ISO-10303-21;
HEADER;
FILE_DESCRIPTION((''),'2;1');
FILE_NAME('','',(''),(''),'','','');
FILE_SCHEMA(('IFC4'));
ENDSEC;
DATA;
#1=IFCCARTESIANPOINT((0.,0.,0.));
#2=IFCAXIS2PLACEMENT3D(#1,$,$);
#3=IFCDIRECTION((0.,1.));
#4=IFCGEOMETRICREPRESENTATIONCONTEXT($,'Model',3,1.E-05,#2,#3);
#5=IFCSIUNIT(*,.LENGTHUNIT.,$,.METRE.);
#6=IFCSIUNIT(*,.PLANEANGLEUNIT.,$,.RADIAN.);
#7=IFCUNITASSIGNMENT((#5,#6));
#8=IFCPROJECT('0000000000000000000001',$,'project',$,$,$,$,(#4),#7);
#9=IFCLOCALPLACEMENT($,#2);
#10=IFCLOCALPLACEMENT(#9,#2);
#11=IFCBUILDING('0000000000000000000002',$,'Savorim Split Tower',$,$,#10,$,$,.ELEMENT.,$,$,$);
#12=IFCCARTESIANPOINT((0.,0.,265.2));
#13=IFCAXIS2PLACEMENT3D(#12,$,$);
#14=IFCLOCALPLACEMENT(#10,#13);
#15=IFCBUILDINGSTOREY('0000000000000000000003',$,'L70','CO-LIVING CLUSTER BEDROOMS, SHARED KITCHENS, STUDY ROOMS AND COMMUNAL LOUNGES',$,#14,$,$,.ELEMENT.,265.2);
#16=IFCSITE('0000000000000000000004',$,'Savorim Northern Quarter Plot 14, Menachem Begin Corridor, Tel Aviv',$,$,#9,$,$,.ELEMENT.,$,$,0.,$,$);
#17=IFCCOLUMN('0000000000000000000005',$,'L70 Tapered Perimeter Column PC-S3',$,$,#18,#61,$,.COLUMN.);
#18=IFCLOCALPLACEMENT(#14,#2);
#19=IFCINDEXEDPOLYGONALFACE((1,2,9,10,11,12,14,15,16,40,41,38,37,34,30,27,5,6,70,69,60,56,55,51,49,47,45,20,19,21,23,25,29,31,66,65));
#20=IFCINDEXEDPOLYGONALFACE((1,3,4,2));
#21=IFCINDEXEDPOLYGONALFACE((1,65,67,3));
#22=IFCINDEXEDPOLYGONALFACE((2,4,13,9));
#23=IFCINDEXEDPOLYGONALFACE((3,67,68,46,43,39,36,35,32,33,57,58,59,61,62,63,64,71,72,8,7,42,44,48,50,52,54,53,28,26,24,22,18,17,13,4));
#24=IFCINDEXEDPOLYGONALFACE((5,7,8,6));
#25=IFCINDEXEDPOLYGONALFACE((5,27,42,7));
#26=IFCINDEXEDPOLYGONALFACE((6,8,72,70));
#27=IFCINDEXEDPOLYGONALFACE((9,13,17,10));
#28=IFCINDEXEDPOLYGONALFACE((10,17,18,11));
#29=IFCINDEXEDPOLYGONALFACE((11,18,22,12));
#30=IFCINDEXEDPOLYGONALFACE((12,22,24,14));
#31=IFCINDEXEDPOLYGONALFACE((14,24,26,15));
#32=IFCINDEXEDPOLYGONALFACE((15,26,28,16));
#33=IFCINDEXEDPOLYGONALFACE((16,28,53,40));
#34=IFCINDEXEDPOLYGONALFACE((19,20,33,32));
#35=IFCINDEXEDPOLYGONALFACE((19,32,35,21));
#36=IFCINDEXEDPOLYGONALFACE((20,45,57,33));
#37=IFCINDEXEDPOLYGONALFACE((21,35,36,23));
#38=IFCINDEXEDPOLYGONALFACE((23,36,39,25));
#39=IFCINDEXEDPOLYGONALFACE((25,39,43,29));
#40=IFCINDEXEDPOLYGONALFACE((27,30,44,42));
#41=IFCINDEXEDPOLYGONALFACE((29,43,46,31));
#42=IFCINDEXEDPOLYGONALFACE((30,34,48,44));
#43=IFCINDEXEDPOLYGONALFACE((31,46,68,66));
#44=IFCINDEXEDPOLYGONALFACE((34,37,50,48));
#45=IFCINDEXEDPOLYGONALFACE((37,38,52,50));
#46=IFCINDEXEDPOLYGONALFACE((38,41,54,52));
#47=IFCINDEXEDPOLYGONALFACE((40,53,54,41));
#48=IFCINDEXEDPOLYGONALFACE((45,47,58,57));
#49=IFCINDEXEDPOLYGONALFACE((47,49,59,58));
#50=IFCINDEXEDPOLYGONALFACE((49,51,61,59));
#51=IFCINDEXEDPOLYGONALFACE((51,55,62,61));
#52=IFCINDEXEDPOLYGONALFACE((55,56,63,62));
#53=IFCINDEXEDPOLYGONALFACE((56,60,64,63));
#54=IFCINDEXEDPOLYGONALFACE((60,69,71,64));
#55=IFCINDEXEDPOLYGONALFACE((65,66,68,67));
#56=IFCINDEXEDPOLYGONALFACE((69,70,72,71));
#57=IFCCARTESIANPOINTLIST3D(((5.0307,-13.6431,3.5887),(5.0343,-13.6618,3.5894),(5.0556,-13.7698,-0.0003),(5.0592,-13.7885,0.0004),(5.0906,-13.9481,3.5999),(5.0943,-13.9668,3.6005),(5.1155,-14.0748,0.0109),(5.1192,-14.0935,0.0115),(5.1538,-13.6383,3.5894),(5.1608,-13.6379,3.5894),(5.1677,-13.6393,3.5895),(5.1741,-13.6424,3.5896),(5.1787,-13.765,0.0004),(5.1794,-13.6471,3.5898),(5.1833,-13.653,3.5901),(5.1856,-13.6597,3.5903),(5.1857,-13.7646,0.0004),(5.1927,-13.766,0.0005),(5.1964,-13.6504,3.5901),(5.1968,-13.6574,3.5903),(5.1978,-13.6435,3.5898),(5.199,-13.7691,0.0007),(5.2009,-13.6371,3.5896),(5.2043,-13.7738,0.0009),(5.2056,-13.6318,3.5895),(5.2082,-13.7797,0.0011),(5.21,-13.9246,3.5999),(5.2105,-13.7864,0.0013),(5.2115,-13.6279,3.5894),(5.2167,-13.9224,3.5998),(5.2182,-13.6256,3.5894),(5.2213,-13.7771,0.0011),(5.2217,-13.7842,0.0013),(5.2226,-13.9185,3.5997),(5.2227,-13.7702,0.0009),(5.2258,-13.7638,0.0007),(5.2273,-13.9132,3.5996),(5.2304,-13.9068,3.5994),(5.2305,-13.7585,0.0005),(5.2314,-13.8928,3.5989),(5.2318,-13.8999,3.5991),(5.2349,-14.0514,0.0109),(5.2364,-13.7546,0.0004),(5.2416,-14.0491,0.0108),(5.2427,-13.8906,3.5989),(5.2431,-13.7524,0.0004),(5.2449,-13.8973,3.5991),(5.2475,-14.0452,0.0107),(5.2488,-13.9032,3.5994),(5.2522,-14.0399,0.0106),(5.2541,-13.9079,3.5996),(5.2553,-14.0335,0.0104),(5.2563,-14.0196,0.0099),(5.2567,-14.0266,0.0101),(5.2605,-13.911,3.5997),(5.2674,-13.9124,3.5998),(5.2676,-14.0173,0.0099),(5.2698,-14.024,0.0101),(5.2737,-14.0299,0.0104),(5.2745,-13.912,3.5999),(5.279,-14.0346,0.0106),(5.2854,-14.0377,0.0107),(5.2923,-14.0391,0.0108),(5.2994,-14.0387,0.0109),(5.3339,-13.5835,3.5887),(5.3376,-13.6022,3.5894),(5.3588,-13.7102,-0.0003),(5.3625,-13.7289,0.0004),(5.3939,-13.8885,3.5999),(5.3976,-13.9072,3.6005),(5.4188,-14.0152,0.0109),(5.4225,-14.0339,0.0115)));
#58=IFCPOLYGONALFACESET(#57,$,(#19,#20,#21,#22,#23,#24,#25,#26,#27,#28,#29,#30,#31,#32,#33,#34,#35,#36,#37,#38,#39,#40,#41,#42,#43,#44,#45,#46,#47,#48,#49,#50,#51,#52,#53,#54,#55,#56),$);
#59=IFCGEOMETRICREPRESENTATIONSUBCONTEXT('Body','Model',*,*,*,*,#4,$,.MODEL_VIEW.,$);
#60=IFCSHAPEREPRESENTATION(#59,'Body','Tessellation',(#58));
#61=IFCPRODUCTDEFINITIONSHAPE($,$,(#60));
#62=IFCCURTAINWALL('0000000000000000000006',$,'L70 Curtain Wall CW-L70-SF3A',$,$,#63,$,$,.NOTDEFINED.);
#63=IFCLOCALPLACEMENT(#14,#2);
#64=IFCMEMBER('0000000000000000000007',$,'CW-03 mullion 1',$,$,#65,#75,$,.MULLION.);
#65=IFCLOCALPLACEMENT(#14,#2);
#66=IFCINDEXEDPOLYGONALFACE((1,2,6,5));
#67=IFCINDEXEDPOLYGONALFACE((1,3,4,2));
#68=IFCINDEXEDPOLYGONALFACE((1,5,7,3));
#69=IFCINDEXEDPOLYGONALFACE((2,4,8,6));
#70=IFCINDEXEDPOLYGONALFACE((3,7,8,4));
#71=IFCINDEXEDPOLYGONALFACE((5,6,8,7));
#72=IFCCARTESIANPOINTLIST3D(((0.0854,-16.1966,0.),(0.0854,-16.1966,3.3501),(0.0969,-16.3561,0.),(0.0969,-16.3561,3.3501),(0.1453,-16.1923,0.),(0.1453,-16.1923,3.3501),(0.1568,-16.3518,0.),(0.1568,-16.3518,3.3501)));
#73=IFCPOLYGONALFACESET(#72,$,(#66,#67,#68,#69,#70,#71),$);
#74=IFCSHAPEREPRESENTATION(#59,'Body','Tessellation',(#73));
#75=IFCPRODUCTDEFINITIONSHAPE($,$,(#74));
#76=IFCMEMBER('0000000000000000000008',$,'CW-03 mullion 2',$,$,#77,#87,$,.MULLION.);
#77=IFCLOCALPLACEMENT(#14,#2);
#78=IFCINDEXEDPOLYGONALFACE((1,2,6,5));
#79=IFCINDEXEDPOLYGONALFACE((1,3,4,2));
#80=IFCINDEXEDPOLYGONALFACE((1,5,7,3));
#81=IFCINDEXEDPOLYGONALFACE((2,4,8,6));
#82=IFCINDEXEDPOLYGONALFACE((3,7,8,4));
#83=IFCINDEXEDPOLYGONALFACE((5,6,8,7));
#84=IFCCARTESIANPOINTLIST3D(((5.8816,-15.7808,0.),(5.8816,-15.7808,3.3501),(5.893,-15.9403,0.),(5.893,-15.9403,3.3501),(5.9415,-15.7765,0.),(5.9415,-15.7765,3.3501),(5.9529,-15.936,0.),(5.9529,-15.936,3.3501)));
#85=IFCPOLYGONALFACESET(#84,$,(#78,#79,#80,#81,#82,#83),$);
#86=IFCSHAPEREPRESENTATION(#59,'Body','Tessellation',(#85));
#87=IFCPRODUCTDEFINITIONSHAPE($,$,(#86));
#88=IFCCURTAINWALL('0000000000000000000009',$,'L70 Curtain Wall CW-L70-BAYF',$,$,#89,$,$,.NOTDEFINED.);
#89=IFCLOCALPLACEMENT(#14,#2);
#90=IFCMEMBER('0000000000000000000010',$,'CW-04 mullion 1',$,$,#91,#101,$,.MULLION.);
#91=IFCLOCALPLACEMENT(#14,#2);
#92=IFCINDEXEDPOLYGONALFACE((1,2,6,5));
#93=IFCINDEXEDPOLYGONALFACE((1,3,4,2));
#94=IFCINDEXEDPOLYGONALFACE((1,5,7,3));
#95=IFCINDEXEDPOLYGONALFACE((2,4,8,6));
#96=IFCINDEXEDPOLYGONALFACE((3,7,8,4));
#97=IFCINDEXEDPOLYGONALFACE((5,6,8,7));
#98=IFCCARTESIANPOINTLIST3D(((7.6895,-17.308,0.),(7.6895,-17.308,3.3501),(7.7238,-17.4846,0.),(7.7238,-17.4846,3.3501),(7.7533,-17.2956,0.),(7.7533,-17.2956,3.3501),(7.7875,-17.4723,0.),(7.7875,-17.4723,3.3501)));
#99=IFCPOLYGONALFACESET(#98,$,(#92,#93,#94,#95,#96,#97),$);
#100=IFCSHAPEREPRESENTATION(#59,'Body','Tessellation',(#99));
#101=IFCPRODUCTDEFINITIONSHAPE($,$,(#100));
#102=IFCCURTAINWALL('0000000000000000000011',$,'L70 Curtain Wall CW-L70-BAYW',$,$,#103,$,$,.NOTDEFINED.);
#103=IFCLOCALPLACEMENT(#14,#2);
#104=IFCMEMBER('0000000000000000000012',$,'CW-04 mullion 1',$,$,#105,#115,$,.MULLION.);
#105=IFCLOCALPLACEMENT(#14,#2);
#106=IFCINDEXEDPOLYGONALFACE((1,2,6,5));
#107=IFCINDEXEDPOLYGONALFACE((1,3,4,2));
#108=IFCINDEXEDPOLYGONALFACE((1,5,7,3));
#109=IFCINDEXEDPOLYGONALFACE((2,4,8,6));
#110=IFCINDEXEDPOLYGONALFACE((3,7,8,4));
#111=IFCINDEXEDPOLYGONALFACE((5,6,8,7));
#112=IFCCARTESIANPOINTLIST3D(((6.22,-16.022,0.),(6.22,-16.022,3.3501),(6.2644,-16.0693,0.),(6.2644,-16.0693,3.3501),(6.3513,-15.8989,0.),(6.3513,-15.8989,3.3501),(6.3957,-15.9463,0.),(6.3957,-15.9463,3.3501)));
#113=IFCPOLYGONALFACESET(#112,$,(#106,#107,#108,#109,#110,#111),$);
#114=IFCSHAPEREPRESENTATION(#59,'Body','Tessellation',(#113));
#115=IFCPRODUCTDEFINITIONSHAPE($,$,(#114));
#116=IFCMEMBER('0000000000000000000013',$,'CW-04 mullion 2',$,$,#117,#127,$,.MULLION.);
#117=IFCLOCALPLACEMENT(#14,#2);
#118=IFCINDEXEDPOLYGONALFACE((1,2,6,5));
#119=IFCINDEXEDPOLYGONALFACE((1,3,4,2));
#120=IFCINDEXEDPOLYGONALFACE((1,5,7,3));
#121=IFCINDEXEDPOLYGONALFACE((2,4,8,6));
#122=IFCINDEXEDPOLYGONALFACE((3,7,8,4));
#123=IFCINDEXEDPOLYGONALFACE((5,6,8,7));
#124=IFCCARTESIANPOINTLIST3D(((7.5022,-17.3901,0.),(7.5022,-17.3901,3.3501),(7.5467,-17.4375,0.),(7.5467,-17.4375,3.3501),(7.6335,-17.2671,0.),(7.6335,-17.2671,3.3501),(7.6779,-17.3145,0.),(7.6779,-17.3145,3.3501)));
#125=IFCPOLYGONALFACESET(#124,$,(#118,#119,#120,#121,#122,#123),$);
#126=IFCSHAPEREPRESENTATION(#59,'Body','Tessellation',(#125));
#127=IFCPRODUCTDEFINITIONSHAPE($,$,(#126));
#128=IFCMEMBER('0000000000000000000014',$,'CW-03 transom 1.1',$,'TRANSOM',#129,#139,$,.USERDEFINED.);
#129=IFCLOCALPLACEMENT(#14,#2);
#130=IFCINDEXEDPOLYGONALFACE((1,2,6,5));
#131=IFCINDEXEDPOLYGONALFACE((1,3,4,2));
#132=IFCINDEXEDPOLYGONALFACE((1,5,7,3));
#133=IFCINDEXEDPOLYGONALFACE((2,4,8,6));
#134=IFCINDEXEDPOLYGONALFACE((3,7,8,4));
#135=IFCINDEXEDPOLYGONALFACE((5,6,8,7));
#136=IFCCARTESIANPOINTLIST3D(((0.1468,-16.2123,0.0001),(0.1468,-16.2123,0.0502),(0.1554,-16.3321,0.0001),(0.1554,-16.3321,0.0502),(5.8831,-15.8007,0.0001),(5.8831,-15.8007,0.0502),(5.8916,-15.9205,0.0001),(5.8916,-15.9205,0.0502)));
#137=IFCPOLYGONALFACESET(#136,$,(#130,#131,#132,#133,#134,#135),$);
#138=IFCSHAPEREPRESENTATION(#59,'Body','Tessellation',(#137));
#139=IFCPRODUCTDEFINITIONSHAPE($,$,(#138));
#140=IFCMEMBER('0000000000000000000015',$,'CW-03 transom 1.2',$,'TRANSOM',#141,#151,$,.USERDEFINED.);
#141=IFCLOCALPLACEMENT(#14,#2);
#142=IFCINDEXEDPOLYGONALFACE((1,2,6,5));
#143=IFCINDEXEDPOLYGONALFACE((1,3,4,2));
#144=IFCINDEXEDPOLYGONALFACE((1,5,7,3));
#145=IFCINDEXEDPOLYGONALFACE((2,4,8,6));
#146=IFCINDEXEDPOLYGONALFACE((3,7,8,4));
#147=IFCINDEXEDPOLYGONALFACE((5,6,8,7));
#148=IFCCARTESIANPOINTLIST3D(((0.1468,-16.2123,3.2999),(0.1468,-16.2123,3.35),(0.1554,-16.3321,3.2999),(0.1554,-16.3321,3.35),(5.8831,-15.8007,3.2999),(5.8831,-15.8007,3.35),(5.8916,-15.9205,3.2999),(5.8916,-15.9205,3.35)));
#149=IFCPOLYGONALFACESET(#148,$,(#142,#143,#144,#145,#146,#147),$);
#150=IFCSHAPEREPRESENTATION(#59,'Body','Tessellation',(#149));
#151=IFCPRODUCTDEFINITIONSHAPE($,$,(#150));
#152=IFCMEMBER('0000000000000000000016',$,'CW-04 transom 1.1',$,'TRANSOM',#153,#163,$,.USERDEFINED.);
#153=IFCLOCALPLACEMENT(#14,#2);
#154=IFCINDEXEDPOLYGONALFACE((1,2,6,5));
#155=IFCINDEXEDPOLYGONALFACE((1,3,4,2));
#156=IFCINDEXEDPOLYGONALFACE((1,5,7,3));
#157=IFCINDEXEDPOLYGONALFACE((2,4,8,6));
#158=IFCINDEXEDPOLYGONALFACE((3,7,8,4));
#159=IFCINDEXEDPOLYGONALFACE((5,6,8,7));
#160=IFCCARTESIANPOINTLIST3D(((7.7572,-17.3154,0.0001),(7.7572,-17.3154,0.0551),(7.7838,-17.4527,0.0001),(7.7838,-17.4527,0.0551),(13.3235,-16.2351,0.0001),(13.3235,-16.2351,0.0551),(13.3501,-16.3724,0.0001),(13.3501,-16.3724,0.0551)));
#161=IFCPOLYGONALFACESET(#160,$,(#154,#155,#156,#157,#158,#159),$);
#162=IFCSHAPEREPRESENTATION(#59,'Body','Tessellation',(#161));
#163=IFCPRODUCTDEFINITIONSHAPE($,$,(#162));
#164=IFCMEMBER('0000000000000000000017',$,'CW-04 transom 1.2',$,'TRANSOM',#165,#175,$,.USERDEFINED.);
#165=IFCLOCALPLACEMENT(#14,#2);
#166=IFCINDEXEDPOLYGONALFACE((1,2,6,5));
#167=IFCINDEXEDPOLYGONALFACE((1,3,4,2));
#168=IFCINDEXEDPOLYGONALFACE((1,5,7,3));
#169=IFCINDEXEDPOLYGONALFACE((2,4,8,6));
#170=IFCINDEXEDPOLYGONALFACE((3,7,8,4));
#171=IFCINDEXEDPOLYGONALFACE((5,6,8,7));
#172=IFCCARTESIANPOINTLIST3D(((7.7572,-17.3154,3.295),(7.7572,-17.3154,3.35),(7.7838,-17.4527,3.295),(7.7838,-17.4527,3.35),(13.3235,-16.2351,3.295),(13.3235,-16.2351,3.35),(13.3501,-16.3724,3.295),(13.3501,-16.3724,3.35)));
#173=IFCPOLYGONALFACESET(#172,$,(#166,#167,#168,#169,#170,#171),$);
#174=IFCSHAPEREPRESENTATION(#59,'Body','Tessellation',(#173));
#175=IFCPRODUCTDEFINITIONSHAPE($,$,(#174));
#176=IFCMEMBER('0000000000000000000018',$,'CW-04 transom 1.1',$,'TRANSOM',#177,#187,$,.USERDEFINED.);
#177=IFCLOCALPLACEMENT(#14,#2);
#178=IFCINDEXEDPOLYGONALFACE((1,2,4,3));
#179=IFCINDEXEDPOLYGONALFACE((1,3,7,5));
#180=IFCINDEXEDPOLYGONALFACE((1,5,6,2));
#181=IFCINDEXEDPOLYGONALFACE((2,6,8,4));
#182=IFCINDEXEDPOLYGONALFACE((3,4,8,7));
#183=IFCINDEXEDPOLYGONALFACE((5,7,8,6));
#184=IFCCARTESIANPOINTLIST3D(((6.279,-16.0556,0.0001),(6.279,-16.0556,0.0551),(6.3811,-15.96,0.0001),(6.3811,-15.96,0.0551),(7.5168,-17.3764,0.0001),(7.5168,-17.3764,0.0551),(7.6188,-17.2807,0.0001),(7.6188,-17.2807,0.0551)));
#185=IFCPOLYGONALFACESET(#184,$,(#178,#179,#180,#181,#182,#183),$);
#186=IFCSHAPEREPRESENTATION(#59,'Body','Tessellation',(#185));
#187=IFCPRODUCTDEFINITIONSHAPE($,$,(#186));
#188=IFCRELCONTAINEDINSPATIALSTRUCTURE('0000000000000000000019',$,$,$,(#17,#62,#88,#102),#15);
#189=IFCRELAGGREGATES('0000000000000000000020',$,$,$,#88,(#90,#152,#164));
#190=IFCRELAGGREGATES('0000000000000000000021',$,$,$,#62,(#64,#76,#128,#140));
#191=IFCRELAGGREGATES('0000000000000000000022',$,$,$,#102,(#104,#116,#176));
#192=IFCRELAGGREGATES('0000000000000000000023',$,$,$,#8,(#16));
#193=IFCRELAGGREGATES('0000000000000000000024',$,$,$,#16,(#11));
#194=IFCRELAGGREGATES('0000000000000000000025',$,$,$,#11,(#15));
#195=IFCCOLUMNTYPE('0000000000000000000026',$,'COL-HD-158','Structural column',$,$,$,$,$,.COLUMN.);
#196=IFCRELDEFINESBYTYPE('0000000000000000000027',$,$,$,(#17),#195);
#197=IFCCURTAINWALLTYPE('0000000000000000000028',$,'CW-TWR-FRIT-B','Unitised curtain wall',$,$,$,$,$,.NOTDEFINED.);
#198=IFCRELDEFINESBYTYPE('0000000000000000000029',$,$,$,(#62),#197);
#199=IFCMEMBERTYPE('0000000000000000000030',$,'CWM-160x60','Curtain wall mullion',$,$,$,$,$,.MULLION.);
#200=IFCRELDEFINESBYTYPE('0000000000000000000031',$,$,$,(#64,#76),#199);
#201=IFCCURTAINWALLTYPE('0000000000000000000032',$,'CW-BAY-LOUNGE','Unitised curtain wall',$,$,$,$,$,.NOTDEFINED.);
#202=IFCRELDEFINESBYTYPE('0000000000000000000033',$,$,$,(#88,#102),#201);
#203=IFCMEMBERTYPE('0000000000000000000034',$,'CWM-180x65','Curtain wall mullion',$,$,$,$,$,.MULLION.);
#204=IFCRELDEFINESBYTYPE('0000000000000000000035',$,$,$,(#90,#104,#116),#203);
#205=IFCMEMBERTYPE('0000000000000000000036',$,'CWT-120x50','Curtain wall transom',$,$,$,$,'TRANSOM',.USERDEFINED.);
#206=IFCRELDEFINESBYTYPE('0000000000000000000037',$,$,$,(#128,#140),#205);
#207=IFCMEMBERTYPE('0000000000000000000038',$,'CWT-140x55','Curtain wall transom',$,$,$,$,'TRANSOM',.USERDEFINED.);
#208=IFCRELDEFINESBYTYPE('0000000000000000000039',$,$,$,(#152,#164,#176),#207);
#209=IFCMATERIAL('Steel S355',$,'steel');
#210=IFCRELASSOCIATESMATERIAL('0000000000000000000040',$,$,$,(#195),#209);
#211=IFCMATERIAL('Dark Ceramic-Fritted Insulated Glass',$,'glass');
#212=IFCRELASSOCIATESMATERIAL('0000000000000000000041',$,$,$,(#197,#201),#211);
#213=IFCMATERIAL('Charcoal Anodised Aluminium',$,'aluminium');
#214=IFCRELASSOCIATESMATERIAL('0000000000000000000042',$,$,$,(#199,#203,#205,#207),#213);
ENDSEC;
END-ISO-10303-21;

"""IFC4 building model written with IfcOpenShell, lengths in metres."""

from ifc_helpers import new_model, si_unit, direction, frame, origin, origin_2d, place, context, subcontext, project, spatial, rectangle, i_section, extrude, material, material_profile, profile_set, type_object, element, aggregate, save


model = new_model("IFC4")

# Units and contexts
model_context = context("Model", 3, precision=1e-05, world=origin(), true_north=direction((0.0, 1.0)))
body_context = subcontext(model_context, "Body", "Model", "MODEL_VIEW")
ifc_project = project(units=[si_unit("LENGTHUNIT", "METRE"), si_unit("PLANEANGLEUNIT", "RADIAN")], contexts=[model_context])

# Site, building, storey
site_placement = place(None, origin())
site = spatial("IfcSite", under=ifc_project, at=site_placement, Name="Savorim Northern Quarter Plot 14, Menachem Begin Corridor, Tel Aviv", CompositionType="ELEMENT", RefElevation=0.0)
building_placement = place(site_placement, origin())
building = spatial("IfcBuilding", under=site, at=building_placement, Name="Savorim Split Tower", CompositionType="ELEMENT")
storey_placement = place(building_placement, frame((0.0, 0.0, 265.2)))
storey = spatial("IfcBuildingStorey", under=building, at=storey_placement, Name="L70", Description="CO-LIVING CLUSTER BEDROOMS, SHARED KITCHENS, STUDY ROOMS AND COMMUNAL LOUNGES", CompositionType="ELEMENT", Elevation=265.2)

# Column
ifc_material_1 = material(Name="Steel S355", Category="steel")
ifc_material_profile_1 = material_profile(ifc_material_1, i_section(OverallWidth=0.3091, OverallDepth=0.3301, WebThickness=0.0115, FlangeThickness=0.019, FilletRadius=0.0271, at=origin_2d()), Name="HD 320x158")
ifc_profile_set_1 = profile_set([ifc_material_profile_1], Name="Steel S355")
column_type = type_object("IfcColumnType", Name="COL-HD-158", Description="Structural column", PredefinedType="COLUMN", material=ifc_profile_set_1)
column_placement = place(storey_placement, frame((5.239, -13.9019, 0.0056), z_axis=(-0.006934, 0.035283, 0.999353), x_axis=(-0.98123, -0.192843, 0.0)))
element("IfcColumn", 1, at=column_placement, inside=storey, type_object=column_type, Name="L70 Tapered Perimeter Column PC-S3", PredefinedType="COLUMN", context=body_context, shape_type="SweptSolid", body=[
    extrude(i_section(OverallWidth=0.3091, OverallDepth=0.3301, WebThickness=0.0115, FlangeThickness=0.019, FilletRadius=0.0271, at=origin_2d()), origin(), (0.0, 0.0, 1.0), 3.5913),
])

# Curtain wall, members
ifc_material_2 = material(Name="Dark Ceramic-Fritted Insulated Glass", Category="glass")
curtain_wall_type_1 = type_object("IfcCurtainWallType", Name="CW-TWR-FRIT-B", Description="Unitised curtain wall", PredefinedType="NOTDEFINED", material=ifc_material_2)
curtain_wall_1_placement = place(storey_placement, origin())
curtain_wall_1 = element("IfcCurtainWall", 2, at=curtain_wall_1_placement, inside=storey, type_object=curtain_wall_type_1, Name="L70 Curtain Wall CW-L70-SF3A", PredefinedType="NOTDEFINED")
ifc_material_3 = material(Name="Charcoal Anodised Aluminium", Category="aluminium")
ifc_material_profile_2 = material_profile(ifc_material_3, rectangle(XDim=0.1599, YDim=0.0601, at=origin_2d()), Name="ALU-M 160x60")
ifc_profile_set_2 = profile_set([ifc_material_profile_2], Name="Charcoal Anodised Aluminium")
member_type_1 = type_object("IfcMemberType", Name="CWM-160x60", Description="Curtain wall mullion", PredefinedType="MULLION", material=ifc_profile_set_2)
member_1_placement = place(storey_placement, frame((0.1211, -16.2742, 0.0), z_axis=(0.0, 0.0, 1.0), x_axis=(-0.071571, 0.997435, 0.0)))
member_1 = element("IfcMember", 3, at=member_1_placement, type_object=member_type_1, Name="CW-03 mullion 1", PredefinedType="MULLION", context=body_context, shape_type="SweptSolid", body=[
    extrude(rectangle(XDim=0.1599, YDim=0.0601, at=origin_2d()), origin(), (0.0, 0.0, 1.0), 3.3501),
])
member_2_placement = place(storey_placement, frame((5.9172, -15.8584, 0.0), z_axis=(0.0, 0.0, 1.0), x_axis=(-0.071571, 0.997435, 0.0)))
member_2 = element("IfcMember", 4, at=member_2_placement, type_object=member_type_1, Name="CW-03 mullion 2", PredefinedType="MULLION", context=body_context, shape_type="SweptSolid", body=[
    extrude(rectangle(XDim=0.1599, YDim=0.0601, at=origin_2d()), origin(), (0.0, 0.0, 1.0), 3.3501),
])

# Curtain wall, member
curtain_wall_type_2 = type_object("IfcCurtainWallType", Name="CW-BAY-LOUNGE", Description="Unitised curtain wall", PredefinedType="NOTDEFINED", material=ifc_material_2)
curtain_wall_2_placement = place(storey_placement, origin())
curtain_wall_2 = element("IfcCurtainWall", 5, at=curtain_wall_2_placement, inside=storey, type_object=curtain_wall_type_2, Name="L70 Curtain Wall CW-L70-BAYF", PredefinedType="NOTDEFINED")
ifc_material_profile_3 = material_profile(ifc_material_3, rectangle(XDim=0.1799, YDim=0.0649, at=origin_2d()), Name="ALU-M 180x65")
ifc_profile_set_3 = profile_set([ifc_material_profile_3], Name="Charcoal Anodised Aluminium")
member_type_2 = type_object("IfcMemberType", Name="CWM-180x65", Description="Curtain wall mullion", PredefinedType="MULLION", material=ifc_profile_set_3)
member_3_placement = place(storey_placement, frame((7.7385, -17.3901, 0.0), z_axis=(0.0, 0.0, 1.0), x_axis=(-0.19052, 0.981683, 0.0)))
member_3 = element("IfcMember", 6, at=member_3_placement, type_object=member_type_2, Name="CW-04 mullion 1", PredefinedType="MULLION", context=body_context, shape_type="SweptSolid", body=[
    extrude(rectangle(XDim=0.1799, YDim=0.0649, at=origin_2d()), origin(), (0.0, 0.0, 1.0), 3.3501),
])

# Curtain wall, members
curtain_wall_3_placement = place(storey_placement, origin())
curtain_wall_3 = element("IfcCurtainWall", 7, at=curtain_wall_3_placement, inside=storey, type_object=curtain_wall_type_2, Name="L70 Curtain Wall CW-L70-BAYW", PredefinedType="NOTDEFINED")
member_4_placement = place(storey_placement, frame((6.3079, -15.9841, 0.0), z_axis=(0.0, 0.0, 1.0), x_axis=(0.729622, 0.68385, 0.0)))
member_4 = element("IfcMember", 8, at=member_4_placement, type_object=member_type_2, Name="CW-04 mullion 1", PredefinedType="MULLION", context=body_context, shape_type="SweptSolid", body=[
    extrude(rectangle(XDim=0.1799, YDim=0.0649, at=origin_2d()), origin(), (0.0, 0.0, 1.0), 3.3501),
])
member_5_placement = place(storey_placement, frame((7.5901, -17.3523, 0.0), z_axis=(0.0, 0.0, 1.0), x_axis=(0.729622, 0.68385, 0.0)))
member_5 = element("IfcMember", 9, at=member_5_placement, type_object=member_type_2, Name="CW-04 mullion 2", PredefinedType="MULLION", context=body_context, shape_type="SweptSolid", body=[
    extrude(rectangle(XDim=0.1799, YDim=0.0649, at=origin_2d()), origin(), (0.0, 0.0, 1.0), 3.3501),
])

# Members
ifc_material_profile_4 = material_profile(ifc_material_3, rectangle(XDim=0.1201, YDim=0.05, at=origin_2d()), Name="ALU-T 120x50")
ifc_profile_set_4 = profile_set([ifc_material_profile_4], Name="Charcoal Anodised Aluminium")
member_type_3 = type_object("IfcMemberType", Name="CWT-120x50", Description="Curtain wall transom", ElementType="TRANSOM", PredefinedType="USERDEFINED", material=ifc_profile_set_4)
member_6_placement = place(storey_placement, frame((0.1511, -16.2722, 0.0251), z_axis=(0.997435, 0.071573, 0.0), x_axis=(-0.071573, 0.997435, 0.0)))
member_6 = element("IfcMember", 10, at=member_6_placement, type_object=member_type_3, Name="CW-03 transom 1.1", ObjectType="TRANSOM", PredefinedType="USERDEFINED", context=body_context, shape_type="SweptSolid", body=[
    extrude(rectangle(XDim=0.1201, YDim=0.05, at=origin_2d()), origin(), (0.0, 0.0, 1.0), 5.751),
])
member_7_placement = place(storey_placement, frame((0.1511, -16.2722, 3.325), z_axis=(0.997435, 0.071573, 0.0), x_axis=(-0.071573, 0.997435, 0.0)))
member_7 = element("IfcMember", 11, at=member_7_placement, type_object=member_type_3, Name="CW-03 transom 1.2", ObjectType="TRANSOM", PredefinedType="USERDEFINED", context=body_context, shape_type="SweptSolid", body=[
    extrude(rectangle(XDim=0.1201, YDim=0.05, at=origin_2d()), origin(), (0.0, 0.0, 1.0), 5.751),
])
ifc_material_profile_5 = material_profile(ifc_material_3, rectangle(XDim=0.1399, YDim=0.0549, at=origin_2d()), Name="ALU-T 140x55")
ifc_profile_set_5 = profile_set([ifc_material_profile_5], Name="Charcoal Anodised Aluminium")
member_type_4 = type_object("IfcMemberType", Name="CWT-140x55", Description="Curtain wall transom", ElementType="TRANSOM", PredefinedType="USERDEFINED", material=ifc_profile_set_5)
member_8_placement = place(storey_placement, frame((7.7705, -17.384, 0.0276), z_axis=(0.981683, 0.190524, 0.0), x_axis=(-0.190524, 0.981683, 0.0)))
member_8 = element("IfcMember", 12, at=member_8_placement, type_object=member_type_4, Name="CW-04 transom 1.1", ObjectType="TRANSOM", PredefinedType="USERDEFINED", context=body_context, shape_type="SweptSolid", body=[
    extrude(rectangle(XDim=0.1399, YDim=0.0549, at=origin_2d()), origin(), (0.0, 0.0, 1.0), 5.6702),
])
member_9_placement = place(storey_placement, frame((7.7705, -17.384, 3.3225), z_axis=(0.981683, 0.190524, 0.0), x_axis=(-0.190524, 0.981683, 0.0)))
member_9 = element("IfcMember", 13, at=member_9_placement, type_object=member_type_4, Name="CW-04 transom 1.2", ObjectType="TRANSOM", PredefinedType="USERDEFINED", context=body_context, shape_type="SweptSolid", body=[
    extrude(rectangle(XDim=0.1399, YDim=0.0549, at=origin_2d()), origin(), (0.0, 0.0, 1.0), 5.6702),
])
aggregate(curtain_wall_2, [member_3, member_8, member_9])
member_10_placement = place(storey_placement, frame((6.3301, -16.0078, 0.0276), z_axis=(0.683807, -0.729663, 0.0), x_axis=(0.729663, 0.683807, 0.0)))
member_10 = element("IfcMember", 14, at=member_10_placement, type_object=member_type_4, Name="CW-04 transom 1.1", ObjectType="TRANSOM", PredefinedType="USERDEFINED", context=body_context, shape_type="SweptSolid", body=[
    extrude(rectangle(XDim=0.1399, YDim=0.0549, at=origin_2d()), origin(), (0.0, 0.0, 1.0), 1.8101),
])

aggregate(curtain_wall_1, [member_1, member_2, member_6, member_7])
aggregate(curtain_wall_3, [member_4, member_5, member_10])

save(model, "model.ifc")
